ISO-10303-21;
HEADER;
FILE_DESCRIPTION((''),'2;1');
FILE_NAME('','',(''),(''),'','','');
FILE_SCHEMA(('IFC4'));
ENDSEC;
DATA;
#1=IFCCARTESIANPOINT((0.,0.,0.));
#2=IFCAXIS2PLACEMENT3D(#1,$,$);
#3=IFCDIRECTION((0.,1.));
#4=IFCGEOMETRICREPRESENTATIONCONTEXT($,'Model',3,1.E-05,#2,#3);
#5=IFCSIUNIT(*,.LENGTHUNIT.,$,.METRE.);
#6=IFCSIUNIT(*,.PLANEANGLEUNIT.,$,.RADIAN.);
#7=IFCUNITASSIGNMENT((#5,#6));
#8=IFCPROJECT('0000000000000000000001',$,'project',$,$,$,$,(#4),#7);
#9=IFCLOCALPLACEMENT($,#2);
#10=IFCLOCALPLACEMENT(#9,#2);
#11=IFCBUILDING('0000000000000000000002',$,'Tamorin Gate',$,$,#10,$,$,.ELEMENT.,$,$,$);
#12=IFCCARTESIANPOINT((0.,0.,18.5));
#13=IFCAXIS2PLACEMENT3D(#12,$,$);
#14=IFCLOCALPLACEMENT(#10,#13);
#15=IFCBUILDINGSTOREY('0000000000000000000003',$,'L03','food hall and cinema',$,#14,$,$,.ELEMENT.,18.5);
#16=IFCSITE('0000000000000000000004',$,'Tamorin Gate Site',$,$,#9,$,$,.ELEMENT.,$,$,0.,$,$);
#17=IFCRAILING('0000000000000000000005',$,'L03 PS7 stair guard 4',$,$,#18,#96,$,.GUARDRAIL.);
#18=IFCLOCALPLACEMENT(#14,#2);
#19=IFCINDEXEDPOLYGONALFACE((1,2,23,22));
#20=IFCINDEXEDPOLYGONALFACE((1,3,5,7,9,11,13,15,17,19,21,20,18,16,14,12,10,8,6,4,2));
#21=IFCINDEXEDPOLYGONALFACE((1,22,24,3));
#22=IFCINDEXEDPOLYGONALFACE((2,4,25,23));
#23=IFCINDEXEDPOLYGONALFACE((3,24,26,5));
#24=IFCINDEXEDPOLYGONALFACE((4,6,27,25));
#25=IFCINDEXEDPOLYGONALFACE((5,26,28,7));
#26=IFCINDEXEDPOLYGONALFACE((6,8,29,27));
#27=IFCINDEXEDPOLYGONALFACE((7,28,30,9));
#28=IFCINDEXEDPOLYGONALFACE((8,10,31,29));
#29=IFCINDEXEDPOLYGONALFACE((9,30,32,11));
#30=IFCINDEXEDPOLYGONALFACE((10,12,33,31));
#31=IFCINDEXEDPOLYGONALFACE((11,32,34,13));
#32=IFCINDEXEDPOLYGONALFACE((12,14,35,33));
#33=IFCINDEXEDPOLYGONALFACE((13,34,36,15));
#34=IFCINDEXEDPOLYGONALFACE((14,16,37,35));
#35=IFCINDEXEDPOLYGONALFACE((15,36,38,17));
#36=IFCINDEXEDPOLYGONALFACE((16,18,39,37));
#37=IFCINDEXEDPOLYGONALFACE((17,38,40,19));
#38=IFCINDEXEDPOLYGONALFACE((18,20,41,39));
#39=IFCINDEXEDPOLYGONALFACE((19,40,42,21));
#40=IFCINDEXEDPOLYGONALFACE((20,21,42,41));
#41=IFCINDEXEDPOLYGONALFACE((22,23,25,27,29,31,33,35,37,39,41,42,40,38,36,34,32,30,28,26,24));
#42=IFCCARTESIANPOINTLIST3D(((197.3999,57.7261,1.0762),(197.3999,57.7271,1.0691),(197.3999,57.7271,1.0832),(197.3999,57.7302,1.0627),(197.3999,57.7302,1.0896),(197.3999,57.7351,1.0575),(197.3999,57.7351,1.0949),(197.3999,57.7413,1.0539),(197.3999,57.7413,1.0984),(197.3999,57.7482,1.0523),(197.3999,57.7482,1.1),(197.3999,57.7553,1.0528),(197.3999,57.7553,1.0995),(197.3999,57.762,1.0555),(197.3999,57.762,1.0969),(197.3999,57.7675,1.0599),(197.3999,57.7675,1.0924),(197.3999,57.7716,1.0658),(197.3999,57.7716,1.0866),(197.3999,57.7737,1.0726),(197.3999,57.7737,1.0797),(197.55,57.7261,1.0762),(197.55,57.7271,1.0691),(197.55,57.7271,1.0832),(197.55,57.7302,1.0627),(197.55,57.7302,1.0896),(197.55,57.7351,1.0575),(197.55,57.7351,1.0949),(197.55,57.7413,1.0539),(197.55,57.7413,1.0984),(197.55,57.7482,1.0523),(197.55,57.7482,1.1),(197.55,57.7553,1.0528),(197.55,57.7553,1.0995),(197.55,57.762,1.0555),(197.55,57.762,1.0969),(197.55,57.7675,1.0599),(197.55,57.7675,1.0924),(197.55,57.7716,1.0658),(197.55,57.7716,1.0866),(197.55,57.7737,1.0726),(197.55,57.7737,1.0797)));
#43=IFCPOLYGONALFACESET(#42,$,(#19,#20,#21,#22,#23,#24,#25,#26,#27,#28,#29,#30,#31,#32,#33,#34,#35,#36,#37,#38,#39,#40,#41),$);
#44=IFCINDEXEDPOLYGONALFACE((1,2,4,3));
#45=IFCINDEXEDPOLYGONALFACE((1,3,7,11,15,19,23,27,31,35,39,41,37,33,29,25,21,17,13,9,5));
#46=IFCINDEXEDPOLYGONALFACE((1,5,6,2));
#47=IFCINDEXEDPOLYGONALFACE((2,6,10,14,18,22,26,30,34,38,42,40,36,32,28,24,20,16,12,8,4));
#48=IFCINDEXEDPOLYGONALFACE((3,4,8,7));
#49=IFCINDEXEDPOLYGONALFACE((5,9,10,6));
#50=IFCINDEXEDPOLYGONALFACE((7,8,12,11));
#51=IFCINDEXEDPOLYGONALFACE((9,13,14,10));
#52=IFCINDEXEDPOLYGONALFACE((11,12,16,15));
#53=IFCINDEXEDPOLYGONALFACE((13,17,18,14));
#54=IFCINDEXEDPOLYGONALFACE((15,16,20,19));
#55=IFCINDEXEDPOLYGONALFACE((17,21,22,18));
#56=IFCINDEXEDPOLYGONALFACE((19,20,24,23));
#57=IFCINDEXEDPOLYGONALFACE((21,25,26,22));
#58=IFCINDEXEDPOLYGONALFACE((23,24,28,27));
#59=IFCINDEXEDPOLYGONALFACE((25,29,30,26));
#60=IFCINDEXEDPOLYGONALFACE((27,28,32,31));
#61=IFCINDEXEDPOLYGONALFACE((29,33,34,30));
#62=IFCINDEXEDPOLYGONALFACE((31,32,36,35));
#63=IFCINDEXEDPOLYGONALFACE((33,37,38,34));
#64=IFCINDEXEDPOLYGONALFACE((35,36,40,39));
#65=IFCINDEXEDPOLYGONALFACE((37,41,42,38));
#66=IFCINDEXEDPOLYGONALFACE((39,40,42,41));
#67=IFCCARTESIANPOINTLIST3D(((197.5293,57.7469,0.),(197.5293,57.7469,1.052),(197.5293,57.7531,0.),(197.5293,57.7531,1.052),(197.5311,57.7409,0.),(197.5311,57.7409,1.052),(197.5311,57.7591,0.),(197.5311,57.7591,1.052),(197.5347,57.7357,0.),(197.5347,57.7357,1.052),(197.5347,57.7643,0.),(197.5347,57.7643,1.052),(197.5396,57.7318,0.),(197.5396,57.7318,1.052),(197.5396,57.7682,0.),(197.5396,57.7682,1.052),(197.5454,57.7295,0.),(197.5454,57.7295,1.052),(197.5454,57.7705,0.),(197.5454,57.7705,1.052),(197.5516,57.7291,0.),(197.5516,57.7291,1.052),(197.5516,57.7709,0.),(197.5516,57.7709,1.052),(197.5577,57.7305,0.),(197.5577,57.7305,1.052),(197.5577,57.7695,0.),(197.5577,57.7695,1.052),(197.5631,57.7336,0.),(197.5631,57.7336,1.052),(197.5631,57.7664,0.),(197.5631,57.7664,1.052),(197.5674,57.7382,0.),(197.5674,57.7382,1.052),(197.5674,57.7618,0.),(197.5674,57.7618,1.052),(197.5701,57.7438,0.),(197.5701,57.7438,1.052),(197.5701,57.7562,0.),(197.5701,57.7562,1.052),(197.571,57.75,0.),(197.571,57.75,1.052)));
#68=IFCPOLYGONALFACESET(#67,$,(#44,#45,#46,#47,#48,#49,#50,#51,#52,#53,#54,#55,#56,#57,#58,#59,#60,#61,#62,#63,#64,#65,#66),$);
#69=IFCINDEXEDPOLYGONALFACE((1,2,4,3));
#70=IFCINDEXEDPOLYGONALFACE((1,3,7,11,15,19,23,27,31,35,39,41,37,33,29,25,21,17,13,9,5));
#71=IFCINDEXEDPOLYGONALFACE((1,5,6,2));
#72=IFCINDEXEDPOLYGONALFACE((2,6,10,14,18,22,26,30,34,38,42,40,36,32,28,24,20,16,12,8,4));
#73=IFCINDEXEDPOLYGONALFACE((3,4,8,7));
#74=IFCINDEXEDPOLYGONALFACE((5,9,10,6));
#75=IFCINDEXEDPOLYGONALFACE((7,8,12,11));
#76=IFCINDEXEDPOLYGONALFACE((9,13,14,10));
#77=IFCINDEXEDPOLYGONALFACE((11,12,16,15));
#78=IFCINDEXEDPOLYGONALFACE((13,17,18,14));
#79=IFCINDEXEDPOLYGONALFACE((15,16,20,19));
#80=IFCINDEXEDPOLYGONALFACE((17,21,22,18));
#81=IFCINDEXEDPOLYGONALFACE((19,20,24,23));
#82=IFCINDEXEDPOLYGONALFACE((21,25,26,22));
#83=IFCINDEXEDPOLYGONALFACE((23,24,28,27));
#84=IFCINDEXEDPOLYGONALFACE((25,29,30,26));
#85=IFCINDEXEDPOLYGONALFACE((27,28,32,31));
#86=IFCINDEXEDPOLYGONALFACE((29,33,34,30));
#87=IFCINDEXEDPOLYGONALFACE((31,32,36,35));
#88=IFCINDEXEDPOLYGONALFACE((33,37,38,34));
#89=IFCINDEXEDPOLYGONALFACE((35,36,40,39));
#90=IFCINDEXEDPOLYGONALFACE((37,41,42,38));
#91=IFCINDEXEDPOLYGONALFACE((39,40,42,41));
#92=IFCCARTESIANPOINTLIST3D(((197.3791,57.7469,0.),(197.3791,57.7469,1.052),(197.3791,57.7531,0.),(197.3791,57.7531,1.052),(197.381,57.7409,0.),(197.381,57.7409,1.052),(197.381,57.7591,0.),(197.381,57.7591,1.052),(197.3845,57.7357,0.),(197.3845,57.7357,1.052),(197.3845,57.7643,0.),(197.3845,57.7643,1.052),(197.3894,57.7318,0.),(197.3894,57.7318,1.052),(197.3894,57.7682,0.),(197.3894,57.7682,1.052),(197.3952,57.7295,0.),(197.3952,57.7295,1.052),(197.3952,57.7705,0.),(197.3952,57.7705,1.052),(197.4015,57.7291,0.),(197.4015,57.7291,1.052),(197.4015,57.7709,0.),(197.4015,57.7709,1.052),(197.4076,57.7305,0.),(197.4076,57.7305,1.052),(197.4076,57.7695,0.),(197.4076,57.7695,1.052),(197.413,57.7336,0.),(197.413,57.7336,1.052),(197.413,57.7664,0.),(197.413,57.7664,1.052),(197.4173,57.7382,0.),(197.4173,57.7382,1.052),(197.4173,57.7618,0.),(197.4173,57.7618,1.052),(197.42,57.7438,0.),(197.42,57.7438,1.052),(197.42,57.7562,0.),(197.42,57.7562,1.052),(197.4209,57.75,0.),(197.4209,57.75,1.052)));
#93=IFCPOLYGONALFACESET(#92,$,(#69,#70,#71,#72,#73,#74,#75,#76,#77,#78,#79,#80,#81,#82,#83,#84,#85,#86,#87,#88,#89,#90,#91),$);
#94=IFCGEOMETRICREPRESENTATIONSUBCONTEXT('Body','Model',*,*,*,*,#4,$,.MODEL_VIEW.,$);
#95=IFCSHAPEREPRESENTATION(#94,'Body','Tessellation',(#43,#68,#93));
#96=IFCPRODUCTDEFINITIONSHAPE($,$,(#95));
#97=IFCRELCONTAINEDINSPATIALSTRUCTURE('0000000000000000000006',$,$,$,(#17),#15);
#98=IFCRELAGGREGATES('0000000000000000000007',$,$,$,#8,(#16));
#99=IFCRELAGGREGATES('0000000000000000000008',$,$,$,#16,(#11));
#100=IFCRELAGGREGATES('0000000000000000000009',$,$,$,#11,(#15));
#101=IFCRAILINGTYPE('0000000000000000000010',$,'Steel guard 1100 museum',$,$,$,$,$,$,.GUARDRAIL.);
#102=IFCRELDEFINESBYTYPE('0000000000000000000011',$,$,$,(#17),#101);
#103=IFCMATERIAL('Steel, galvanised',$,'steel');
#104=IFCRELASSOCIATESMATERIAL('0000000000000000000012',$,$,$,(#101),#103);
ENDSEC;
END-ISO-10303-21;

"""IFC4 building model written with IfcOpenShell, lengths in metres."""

from ifc_helpers import new_model, si_unit, direction, frame, origin, origin_2d, place, context, subcontext, project, spatial, circle, extrude, material, type_object, element, save


model = new_model("IFC4")

# Units and contexts
model_context = context("Model", 3, precision=1e-05, world=origin(), true_north=direction((0.0, 1.0)))
body_context = subcontext(model_context, "Body", "Model", "MODEL_VIEW")
ifc_project = project(units=[si_unit("LENGTHUNIT", "METRE"), si_unit("PLANEANGLEUNIT", "RADIAN")], contexts=[model_context])

# Site, building, storey
site_placement = place(None, origin())
site = spatial("IfcSite", under=ifc_project, at=site_placement, Name="Tamorin Gate Site", CompositionType="ELEMENT", RefElevation=0.0)
building_placement = place(site_placement, origin())
building = spatial("IfcBuilding", under=site, at=building_placement, Name="Tamorin Gate", CompositionType="ELEMENT")
storey_placement = place(building_placement, frame((0.0, 0.0, 18.5)))
storey = spatial("IfcBuildingStorey", under=building, at=storey_placement, Name="L03", Description="food hall and cinema", CompositionType="ELEMENT", Elevation=18.5)

# Railing
ifc_material_1 = material(Name="Steel, galvanised", Category="steel")
railing_type_1 = type_object("IfcRailingType", Name="Steel guard 1100 museum", PredefinedType="GUARDRAIL", material=ifc_material_1)
railing_1_placement = place(storey_placement, frame((197.55, 57.75, 0.0)))
element("IfcRailing", 1, at=railing_1_placement, inside=storey, type_object=railing_type_1, Name="L03 PS7 stair guard 4", PredefinedType="GUARDRAIL", context=body_context, shape_type="SweptSolid", body=[
    extrude(circle(Radius=0.0239, at=origin_2d()), frame((0.0, 0.0, 1.0762), z_axis=(-1.0, 0.0, 0.0), x_axis=(0.0, -1.0, 0.0)), (0.0, 0.0, 1.0), 0.1501),
    extrude(circle(Radius=0.021, at=origin_2d()), origin(), (0.0, 0.0, 1.0), 1.052),
    extrude(circle(Radius=0.021, at=origin_2d()), frame((-0.1501, 0.0, 0.0)), (0.0, 0.0, 1.0), 1.052),
])

save(model, "model.ifc")
